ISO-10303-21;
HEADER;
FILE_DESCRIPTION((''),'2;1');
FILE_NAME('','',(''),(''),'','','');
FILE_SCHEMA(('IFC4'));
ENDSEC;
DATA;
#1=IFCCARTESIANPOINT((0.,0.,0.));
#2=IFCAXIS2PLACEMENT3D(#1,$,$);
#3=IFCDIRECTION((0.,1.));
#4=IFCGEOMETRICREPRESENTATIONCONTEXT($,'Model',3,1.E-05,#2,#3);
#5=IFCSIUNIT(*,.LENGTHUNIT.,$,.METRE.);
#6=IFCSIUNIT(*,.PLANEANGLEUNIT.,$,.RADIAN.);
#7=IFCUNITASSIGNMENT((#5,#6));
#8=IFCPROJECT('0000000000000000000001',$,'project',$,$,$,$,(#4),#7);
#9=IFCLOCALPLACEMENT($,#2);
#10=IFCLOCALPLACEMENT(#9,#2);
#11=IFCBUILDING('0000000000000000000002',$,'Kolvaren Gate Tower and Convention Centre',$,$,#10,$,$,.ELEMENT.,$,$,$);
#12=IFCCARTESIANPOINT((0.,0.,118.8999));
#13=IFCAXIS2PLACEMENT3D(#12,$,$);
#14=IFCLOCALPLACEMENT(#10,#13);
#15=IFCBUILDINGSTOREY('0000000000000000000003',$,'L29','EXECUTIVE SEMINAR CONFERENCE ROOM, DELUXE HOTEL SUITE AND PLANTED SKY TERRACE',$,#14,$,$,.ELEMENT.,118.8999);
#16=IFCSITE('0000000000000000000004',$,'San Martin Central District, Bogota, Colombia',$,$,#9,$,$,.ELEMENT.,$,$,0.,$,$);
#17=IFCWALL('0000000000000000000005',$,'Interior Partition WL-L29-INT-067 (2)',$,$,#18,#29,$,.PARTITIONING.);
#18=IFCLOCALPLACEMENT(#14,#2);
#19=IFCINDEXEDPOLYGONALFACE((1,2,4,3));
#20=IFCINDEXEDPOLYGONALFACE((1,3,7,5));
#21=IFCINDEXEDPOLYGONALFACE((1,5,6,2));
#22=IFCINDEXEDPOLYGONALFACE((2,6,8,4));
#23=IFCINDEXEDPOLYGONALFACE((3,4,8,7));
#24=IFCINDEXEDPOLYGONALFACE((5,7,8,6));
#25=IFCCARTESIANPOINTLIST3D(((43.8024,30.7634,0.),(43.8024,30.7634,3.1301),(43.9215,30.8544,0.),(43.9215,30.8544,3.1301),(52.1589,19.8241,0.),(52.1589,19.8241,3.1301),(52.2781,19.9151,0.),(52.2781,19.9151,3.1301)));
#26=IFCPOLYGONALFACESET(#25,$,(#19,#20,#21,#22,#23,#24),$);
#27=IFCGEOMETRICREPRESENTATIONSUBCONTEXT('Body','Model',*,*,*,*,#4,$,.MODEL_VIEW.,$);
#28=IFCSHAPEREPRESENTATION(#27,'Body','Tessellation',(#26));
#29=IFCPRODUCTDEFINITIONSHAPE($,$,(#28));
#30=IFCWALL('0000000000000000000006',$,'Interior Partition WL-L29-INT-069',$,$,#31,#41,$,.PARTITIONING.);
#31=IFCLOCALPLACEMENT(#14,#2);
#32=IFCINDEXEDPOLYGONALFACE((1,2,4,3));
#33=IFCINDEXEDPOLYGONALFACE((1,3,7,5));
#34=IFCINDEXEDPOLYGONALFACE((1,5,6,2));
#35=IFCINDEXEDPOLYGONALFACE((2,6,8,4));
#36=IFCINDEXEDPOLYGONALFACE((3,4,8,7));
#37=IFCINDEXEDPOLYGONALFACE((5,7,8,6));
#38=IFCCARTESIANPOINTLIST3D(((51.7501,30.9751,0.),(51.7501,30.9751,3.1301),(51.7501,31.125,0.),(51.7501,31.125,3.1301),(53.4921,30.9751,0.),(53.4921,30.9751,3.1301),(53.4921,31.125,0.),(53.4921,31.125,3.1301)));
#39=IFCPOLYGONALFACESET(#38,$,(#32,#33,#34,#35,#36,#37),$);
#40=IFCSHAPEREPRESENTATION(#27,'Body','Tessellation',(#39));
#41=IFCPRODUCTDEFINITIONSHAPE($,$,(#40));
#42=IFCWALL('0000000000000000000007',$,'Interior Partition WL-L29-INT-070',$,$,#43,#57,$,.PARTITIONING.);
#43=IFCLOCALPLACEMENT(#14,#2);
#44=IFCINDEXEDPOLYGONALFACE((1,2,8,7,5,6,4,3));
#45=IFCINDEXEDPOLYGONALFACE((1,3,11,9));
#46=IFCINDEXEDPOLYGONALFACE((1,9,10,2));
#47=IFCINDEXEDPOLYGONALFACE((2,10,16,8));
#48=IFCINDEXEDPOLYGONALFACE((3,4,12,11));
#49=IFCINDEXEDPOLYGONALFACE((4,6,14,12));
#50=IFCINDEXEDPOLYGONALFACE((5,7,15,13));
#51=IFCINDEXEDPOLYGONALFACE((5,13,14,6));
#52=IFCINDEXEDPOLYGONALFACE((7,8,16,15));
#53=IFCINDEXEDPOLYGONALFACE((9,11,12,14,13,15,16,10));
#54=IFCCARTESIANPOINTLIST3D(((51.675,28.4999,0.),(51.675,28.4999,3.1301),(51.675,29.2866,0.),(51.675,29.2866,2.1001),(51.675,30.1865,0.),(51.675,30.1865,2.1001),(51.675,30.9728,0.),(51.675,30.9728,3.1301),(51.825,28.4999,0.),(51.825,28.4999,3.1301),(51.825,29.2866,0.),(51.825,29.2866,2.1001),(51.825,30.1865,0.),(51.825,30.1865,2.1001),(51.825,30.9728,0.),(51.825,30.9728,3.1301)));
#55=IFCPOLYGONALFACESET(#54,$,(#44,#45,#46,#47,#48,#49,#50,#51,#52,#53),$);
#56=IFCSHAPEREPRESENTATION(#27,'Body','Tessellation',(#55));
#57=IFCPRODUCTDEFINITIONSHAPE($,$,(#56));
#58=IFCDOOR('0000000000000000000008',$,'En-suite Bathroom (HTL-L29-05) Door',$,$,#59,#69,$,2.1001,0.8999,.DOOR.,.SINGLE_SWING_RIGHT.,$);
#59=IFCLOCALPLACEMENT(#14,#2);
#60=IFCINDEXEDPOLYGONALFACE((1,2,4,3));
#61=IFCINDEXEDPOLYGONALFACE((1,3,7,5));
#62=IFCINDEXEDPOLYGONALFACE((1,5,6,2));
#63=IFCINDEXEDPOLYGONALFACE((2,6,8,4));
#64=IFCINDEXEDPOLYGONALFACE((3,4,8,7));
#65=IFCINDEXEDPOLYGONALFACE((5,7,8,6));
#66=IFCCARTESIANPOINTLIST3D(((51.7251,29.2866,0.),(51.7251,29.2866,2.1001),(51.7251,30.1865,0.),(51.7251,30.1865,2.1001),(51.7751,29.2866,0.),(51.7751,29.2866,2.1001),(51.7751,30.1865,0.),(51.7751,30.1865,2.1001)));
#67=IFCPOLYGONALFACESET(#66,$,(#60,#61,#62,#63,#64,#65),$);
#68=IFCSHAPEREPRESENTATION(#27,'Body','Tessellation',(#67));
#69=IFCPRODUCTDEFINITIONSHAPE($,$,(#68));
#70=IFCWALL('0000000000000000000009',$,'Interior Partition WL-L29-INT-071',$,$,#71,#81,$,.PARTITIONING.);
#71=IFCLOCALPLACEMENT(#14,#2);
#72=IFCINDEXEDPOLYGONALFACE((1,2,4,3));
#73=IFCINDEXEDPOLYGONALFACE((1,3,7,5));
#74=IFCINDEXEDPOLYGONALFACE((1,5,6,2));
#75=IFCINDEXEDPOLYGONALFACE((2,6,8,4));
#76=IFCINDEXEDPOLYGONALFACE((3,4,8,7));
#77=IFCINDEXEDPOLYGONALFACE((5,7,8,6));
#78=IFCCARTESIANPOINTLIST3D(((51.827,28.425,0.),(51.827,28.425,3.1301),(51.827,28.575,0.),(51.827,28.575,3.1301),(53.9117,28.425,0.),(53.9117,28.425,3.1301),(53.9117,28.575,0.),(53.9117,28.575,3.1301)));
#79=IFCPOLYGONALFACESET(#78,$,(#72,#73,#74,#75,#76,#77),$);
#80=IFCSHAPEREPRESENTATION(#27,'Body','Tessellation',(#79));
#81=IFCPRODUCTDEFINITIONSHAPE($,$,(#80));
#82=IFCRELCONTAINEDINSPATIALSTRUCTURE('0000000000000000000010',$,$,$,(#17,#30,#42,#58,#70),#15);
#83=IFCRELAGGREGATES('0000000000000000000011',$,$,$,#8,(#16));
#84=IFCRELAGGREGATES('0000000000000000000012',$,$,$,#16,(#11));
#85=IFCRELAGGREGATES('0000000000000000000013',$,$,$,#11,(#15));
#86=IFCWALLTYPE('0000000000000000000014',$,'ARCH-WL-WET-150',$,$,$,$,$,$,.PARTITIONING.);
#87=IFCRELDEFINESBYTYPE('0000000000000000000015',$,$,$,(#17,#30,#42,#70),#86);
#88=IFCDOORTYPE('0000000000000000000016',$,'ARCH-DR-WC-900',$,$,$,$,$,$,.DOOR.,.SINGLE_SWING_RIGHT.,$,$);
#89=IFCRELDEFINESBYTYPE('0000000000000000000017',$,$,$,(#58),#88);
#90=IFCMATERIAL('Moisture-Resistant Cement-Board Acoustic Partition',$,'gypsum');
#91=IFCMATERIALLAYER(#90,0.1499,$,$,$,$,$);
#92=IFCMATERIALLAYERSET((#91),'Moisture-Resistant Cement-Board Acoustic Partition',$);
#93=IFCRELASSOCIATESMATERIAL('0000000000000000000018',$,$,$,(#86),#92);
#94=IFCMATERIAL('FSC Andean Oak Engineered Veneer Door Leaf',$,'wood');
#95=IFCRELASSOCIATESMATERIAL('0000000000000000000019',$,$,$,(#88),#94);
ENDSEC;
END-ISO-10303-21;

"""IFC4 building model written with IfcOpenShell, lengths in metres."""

from ifc_helpers import new_model, si_unit, direction, frame, frame_2d, origin, place, context, subcontext, project, spatial, rectangle, extrude, material, layer, layer_set, type_object, element, fill, save


model = new_model("IFC4")

# Units and contexts
model_context = context("Model", 3, precision=1e-05, world=origin(), true_north=direction((0.0, 1.0)))
body_context = subcontext(model_context, "Body", "Model", "MODEL_VIEW")
ifc_project = project(units=[si_unit("LENGTHUNIT", "METRE"), si_unit("PLANEANGLEUNIT", "RADIAN")], contexts=[model_context])

# Site, building, storey
site_placement = place(None, origin())
site = spatial("IfcSite", under=ifc_project, at=site_placement, Name="San Martin Central District, Bogota, Colombia", CompositionType="ELEMENT", RefElevation=0.0)
building_placement = place(site_placement, origin())
building = spatial("IfcBuilding", under=site, at=building_placement, Name="Kolvaren Gate Tower and Convention Centre", CompositionType="ELEMENT")
storey_placement = place(building_placement, frame((0.0, 0.0, 118.8999)))
storey = spatial("IfcBuildingStorey", under=building, at=storey_placement, Name="L29", Description="EXECUTIVE SEMINAR CONFERENCE ROOM, DELUXE HOTEL SUITE AND PLANTED SKY TERRACE", CompositionType="ELEMENT", Elevation=118.8999)

# Walls
ifc_material_1 = material(Name="Moisture-Resistant Cement-Board Acoustic Partition", Category="gypsum")
ifc_layer_1 = layer(ifc_material_1, 0.1499)
ifc_layer_set_1 = layer_set([ifc_layer_1], Name="Moisture-Resistant Cement-Board Acoustic Partition")
wall_type_1 = type_object("IfcWallType", Name="ARCH-WL-WET-150", PredefinedType="PARTITIONING", material=ifc_layer_set_1)
wall_1_placement = place(storey_placement, frame((43.8621, 30.8088, 0.0), z_axis=(0.0, 0.0, 1.0), x_axis=(0.607045, -0.794667, 0.0)))
element("IfcWall", 1, at=wall_1_placement, inside=storey, type_object=wall_type_1, Name="Interior Partition WL-L29-INT-067 (2)", PredefinedType="PARTITIONING", context=body_context, shape_type="SweptSolid", body=[
    extrude(rectangle(XDim=13.7659, YDim=0.1499, at=frame_2d((6.8828, 0.0))), origin(), (0.0, 0.0, 1.0), 3.1301),
])
wall_2_placement = place(storey_placement, frame((51.75, 31.05, 0.0), z_axis=(0.0, 0.0, 1.0), x_axis=(1.0, 0.0, 0.0)))
element("IfcWall", 2, at=wall_2_placement, inside=storey, type_object=wall_type_1, Name="Interior Partition WL-L29-INT-069", PredefinedType="PARTITIONING", context=body_context, shape_type="SweptSolid", body=[
    extrude(rectangle(XDim=1.7419, YDim=0.1499, at=frame_2d((0.8711, 0.0))), origin(), (0.0, 0.0, 1.0), 3.1301),
])

# Wall, opening, door
wall_3_placement = place(storey_placement, frame((51.75, 28.5, 0.0), z_axis=(0.0, 0.0, 1.0), x_axis=(0.0, 1.0, 0.0)))
wall_3 = element("IfcWall", 3, at=wall_3_placement, inside=storey, type_object=wall_type_1, Name="Interior Partition WL-L29-INT-070", PredefinedType="PARTITIONING", context=body_context, shape_type="SweptSolid", body=[
    extrude(rectangle(XDim=2.4729, YDim=0.1499, at=frame_2d((1.2363, 0.0))), origin(), (0.0, 0.0, 1.0), 3.1301),
])
opening_placement = place(wall_3_placement, frame((0.7866, 0.0, 0.0)))
opening = element("IfcOpeningElement", 4, at=opening_placement, cuts=wall_3, PredefinedType="OPENING", context=body_context, shape_type="SweptSolid", body=[
    extrude(rectangle(XDim=0.8999, YDim=2.1001, at=frame_2d((0.45, 1.05))), frame((0.0, 0.085, 0.0), z_axis=(0.0, -1.0, 0.0), x_axis=(1.0, 0.0, 0.0)), (0.0, 0.0, 1.0), 0.1699),
])
ifc_material_2 = material(Name="FSC Andean Oak Engineered Veneer Door Leaf", Category="wood")
door_type = type_object("IfcDoorType", Name="ARCH-DR-WC-900", OperationType="SINGLE_SWING_RIGHT", PredefinedType="DOOR", material=ifc_material_2)
door_placement = place(opening_placement, origin())
door = element("IfcDoor", 5, at=door_placement, inside=storey, type_object=door_type, Name="En-suite Bathroom (HTL-L29-05) Door", OperationType="SINGLE_SWING_RIGHT", OverallHeight=2.1001, OverallWidth=0.8999, PredefinedType="DOOR", context=body_context, shape_type="SweptSolid", body=[
    extrude(rectangle(XDim=0.8999, YDim=2.1001, at=frame_2d((0.45, 1.05))), frame((0.0, 0.0249, 0.0), z_axis=(0.0, -1.0, 0.0), x_axis=(1.0, 0.0, 0.0)), (0.0, 0.0, 1.0), 0.05),
])
fill(opening, door)

# Wall
wall_4_placement = place(storey_placement, frame((51.8269, 28.5, 0.0), z_axis=(0.0, 0.0, 1.0), x_axis=(1.0, 0.0, 0.0)))
element("IfcWall", 6, at=wall_4_placement, inside=storey, type_object=wall_type_1, Name="Interior Partition WL-L29-INT-071", PredefinedType="PARTITIONING", context=body_context, shape_type="SweptSolid", body=[
    extrude(rectangle(XDim=2.0847, YDim=0.1499, at=frame_2d((1.0425, 0.0))), origin(), (0.0, 0.0, 1.0), 3.1301),
])

save(model, "model.ifc")
